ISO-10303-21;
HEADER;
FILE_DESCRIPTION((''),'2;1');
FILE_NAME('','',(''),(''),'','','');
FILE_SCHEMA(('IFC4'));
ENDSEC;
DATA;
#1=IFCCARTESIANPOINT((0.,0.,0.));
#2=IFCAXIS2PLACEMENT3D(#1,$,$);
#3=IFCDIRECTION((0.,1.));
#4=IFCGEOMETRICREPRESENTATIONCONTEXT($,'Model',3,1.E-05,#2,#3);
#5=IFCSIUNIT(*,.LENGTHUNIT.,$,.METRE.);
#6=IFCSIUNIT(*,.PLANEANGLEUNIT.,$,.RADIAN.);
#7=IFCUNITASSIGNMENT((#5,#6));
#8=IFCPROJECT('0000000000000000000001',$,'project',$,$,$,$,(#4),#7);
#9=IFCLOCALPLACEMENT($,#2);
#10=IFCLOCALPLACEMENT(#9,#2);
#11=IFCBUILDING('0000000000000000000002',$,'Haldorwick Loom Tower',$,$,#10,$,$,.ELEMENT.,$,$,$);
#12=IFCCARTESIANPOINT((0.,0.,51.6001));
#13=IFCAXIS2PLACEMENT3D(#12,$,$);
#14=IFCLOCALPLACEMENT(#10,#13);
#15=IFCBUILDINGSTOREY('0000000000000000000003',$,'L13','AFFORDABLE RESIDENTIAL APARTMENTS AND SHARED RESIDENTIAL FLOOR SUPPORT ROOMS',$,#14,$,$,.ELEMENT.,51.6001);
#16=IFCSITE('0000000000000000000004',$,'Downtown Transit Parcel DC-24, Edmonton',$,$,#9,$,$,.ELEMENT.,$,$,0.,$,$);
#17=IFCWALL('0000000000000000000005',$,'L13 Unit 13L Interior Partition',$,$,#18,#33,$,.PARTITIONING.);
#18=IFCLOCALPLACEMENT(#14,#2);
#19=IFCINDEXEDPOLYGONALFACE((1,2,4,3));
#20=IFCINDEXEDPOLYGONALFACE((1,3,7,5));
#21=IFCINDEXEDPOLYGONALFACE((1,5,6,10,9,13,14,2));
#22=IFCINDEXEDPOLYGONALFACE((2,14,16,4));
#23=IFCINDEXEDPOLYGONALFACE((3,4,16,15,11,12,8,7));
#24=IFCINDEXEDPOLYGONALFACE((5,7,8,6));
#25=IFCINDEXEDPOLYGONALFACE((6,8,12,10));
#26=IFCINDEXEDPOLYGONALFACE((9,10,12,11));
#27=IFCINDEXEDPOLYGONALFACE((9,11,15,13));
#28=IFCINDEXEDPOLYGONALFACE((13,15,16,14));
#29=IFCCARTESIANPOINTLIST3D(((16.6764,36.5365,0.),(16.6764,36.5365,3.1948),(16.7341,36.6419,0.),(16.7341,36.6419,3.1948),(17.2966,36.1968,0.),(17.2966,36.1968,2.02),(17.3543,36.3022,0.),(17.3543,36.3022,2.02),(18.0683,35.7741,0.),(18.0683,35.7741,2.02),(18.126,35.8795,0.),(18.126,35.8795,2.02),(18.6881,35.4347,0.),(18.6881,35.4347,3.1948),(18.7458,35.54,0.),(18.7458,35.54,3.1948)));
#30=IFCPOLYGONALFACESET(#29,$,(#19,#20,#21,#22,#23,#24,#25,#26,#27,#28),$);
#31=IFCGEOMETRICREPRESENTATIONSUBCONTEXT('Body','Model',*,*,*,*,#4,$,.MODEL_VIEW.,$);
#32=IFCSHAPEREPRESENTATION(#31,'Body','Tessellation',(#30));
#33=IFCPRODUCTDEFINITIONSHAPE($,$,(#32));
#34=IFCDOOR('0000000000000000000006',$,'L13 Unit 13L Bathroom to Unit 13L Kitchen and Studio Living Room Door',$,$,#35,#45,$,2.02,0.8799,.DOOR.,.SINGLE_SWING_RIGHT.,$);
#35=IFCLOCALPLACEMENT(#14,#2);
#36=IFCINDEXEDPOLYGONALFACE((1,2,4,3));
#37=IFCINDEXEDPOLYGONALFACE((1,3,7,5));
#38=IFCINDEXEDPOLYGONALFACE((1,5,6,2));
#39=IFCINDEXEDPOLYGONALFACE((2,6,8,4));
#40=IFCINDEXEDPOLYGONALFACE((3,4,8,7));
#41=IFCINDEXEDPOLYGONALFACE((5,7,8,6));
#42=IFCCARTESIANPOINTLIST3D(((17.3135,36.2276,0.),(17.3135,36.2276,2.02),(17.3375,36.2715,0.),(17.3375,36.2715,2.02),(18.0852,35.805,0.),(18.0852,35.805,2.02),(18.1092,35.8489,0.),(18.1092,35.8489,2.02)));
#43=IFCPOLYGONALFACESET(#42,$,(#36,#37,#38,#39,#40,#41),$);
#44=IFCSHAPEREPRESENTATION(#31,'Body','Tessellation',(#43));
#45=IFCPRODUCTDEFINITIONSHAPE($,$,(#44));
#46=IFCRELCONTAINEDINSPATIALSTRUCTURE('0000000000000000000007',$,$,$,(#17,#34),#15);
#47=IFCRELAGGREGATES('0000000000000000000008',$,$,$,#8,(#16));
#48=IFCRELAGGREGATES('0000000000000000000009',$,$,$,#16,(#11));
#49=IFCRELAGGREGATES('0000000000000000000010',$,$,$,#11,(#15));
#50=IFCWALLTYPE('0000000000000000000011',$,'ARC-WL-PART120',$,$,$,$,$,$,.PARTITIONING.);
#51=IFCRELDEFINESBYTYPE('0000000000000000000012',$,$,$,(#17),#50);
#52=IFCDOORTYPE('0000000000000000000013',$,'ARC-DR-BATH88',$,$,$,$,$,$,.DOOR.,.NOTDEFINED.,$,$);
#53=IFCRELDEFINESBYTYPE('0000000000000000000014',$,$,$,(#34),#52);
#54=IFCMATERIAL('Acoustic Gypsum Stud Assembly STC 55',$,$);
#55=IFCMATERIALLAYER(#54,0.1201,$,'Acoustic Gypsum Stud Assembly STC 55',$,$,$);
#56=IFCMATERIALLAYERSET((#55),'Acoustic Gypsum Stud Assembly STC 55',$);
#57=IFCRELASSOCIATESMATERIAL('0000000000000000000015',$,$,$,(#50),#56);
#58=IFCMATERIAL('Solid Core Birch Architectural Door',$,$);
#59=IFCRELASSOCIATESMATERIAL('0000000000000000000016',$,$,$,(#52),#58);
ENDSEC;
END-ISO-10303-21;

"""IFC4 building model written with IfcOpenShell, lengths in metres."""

from ifc_helpers import new_model, si_unit, direction, frame, frame_2d, origin, place, context, subcontext, project, spatial, rectangle, extrude, material, layer, layer_set, type_object, element, fill, save


model = new_model("IFC4")

# Units and contexts
model_context = context("Model", 3, precision=1e-05, world=origin(), true_north=direction((0.0, 1.0)))
body_context = subcontext(model_context, "Body", "Model", "MODEL_VIEW")
ifc_project = project(units=[si_unit("LENGTHUNIT", "METRE"), si_unit("PLANEANGLEUNIT", "RADIAN")], contexts=[model_context])

# Site, building, storey
site_placement = place(None, origin())
site = spatial("IfcSite", under=ifc_project, at=site_placement, Name="Downtown Transit Parcel DC-24, Edmonton", CompositionType="ELEMENT", RefElevation=0.0)
building_placement = place(site_placement, origin())
building = spatial("IfcBuilding", under=site, at=building_placement, Name="Haldorwick Loom Tower", CompositionType="ELEMENT")
storey_placement = place(building_placement, frame((0.0, 0.0, 51.6001)))
storey = spatial("IfcBuildingStorey", under=building, at=storey_placement, Name="L13", Description="AFFORDABLE RESIDENTIAL APARTMENTS AND SHARED RESIDENTIAL FLOOR SUPPORT ROOMS", CompositionType="ELEMENT", Elevation=51.6001)

# Shared definitions
ifc_material_1 = material(Name="Solid Core Birch Architectural Door")

# Shared definitions
ifc_material_2 = material(Name="Acoustic Gypsum Stud Assembly STC 55")
ifc_layer_1 = layer(ifc_material_2, 0.1201, Name="Acoustic Gypsum Stud Assembly STC 55")
ifc_layer_set_1 = layer_set([ifc_layer_1], Name="Acoustic Gypsum Stud Assembly STC 55")
wall_type_1 = type_object("IfcWallType", Name="ARC-WL-PART120", PredefinedType="PARTITIONING", material=ifc_layer_set_1)

# Wall, opening, door
wall_1_placement = place(storey_placement, frame((18.717, 35.4873, 0.0), z_axis=(0.0, 0.0, 1.0), x_axis=(-0.877069, 0.480365, 0.0)))
wall_1 = element("IfcWall", 1, at=wall_1_placement, inside=storey, type_object=wall_type_1, Name="L13 Unit 13L Interior Partition", PredefinedType="PARTITIONING", context=body_context, shape_type="SweptSolid", body=[
    extrude(rectangle(XDim=2.2937, YDim=0.1201, at=frame_2d((1.147, 0.0))), origin(), (0.0, 0.0, 1.0), 3.1948),
])
opening_1_placement = place(wall_1_placement, frame((0.7068, 0.0, 0.0)))
opening_1 = element("IfcOpeningElement", 2, at=opening_1_placement, cuts=wall_1, PredefinedType="OPENING", context=body_context, shape_type="SweptSolid", body=[
    extrude(rectangle(XDim=0.8799, YDim=2.02, at=frame_2d((0.4399, 1.01))), frame((0.0, 0.0701, 0.0), z_axis=(0.0, -1.0, 0.0), x_axis=(1.0, 0.0, 0.0)), (0.0, 0.0, 1.0), 0.1401),
])
door_type_1 = type_object("IfcDoorType", Name="ARC-DR-BATH88", OperationType="NOTDEFINED", PredefinedType="DOOR", material=ifc_material_1)
door_1_placement = place(opening_1_placement, origin())
door_1 = element("IfcDoor", 3, at=door_1_placement, inside=storey, type_object=door_type_1, Name="L13 Unit 13L Bathroom to Unit 13L Kitchen and Studio Living Room Door", OperationType="SINGLE_SWING_RIGHT", OverallHeight=2.02, OverallWidth=0.8799, PredefinedType="DOOR", context=body_context, shape_type="SweptSolid", body=[
    extrude(rectangle(XDim=0.8799, YDim=2.02, at=frame_2d((0.4399, 1.01))), frame((0.0, 0.0249, 0.0), z_axis=(0.0, -1.0, 0.0), x_axis=(1.0, 0.0, 0.0)), (0.0, 0.0, 1.0), 0.05),
])
fill(opening_1, door_1)

save(model, "model.ifc")
